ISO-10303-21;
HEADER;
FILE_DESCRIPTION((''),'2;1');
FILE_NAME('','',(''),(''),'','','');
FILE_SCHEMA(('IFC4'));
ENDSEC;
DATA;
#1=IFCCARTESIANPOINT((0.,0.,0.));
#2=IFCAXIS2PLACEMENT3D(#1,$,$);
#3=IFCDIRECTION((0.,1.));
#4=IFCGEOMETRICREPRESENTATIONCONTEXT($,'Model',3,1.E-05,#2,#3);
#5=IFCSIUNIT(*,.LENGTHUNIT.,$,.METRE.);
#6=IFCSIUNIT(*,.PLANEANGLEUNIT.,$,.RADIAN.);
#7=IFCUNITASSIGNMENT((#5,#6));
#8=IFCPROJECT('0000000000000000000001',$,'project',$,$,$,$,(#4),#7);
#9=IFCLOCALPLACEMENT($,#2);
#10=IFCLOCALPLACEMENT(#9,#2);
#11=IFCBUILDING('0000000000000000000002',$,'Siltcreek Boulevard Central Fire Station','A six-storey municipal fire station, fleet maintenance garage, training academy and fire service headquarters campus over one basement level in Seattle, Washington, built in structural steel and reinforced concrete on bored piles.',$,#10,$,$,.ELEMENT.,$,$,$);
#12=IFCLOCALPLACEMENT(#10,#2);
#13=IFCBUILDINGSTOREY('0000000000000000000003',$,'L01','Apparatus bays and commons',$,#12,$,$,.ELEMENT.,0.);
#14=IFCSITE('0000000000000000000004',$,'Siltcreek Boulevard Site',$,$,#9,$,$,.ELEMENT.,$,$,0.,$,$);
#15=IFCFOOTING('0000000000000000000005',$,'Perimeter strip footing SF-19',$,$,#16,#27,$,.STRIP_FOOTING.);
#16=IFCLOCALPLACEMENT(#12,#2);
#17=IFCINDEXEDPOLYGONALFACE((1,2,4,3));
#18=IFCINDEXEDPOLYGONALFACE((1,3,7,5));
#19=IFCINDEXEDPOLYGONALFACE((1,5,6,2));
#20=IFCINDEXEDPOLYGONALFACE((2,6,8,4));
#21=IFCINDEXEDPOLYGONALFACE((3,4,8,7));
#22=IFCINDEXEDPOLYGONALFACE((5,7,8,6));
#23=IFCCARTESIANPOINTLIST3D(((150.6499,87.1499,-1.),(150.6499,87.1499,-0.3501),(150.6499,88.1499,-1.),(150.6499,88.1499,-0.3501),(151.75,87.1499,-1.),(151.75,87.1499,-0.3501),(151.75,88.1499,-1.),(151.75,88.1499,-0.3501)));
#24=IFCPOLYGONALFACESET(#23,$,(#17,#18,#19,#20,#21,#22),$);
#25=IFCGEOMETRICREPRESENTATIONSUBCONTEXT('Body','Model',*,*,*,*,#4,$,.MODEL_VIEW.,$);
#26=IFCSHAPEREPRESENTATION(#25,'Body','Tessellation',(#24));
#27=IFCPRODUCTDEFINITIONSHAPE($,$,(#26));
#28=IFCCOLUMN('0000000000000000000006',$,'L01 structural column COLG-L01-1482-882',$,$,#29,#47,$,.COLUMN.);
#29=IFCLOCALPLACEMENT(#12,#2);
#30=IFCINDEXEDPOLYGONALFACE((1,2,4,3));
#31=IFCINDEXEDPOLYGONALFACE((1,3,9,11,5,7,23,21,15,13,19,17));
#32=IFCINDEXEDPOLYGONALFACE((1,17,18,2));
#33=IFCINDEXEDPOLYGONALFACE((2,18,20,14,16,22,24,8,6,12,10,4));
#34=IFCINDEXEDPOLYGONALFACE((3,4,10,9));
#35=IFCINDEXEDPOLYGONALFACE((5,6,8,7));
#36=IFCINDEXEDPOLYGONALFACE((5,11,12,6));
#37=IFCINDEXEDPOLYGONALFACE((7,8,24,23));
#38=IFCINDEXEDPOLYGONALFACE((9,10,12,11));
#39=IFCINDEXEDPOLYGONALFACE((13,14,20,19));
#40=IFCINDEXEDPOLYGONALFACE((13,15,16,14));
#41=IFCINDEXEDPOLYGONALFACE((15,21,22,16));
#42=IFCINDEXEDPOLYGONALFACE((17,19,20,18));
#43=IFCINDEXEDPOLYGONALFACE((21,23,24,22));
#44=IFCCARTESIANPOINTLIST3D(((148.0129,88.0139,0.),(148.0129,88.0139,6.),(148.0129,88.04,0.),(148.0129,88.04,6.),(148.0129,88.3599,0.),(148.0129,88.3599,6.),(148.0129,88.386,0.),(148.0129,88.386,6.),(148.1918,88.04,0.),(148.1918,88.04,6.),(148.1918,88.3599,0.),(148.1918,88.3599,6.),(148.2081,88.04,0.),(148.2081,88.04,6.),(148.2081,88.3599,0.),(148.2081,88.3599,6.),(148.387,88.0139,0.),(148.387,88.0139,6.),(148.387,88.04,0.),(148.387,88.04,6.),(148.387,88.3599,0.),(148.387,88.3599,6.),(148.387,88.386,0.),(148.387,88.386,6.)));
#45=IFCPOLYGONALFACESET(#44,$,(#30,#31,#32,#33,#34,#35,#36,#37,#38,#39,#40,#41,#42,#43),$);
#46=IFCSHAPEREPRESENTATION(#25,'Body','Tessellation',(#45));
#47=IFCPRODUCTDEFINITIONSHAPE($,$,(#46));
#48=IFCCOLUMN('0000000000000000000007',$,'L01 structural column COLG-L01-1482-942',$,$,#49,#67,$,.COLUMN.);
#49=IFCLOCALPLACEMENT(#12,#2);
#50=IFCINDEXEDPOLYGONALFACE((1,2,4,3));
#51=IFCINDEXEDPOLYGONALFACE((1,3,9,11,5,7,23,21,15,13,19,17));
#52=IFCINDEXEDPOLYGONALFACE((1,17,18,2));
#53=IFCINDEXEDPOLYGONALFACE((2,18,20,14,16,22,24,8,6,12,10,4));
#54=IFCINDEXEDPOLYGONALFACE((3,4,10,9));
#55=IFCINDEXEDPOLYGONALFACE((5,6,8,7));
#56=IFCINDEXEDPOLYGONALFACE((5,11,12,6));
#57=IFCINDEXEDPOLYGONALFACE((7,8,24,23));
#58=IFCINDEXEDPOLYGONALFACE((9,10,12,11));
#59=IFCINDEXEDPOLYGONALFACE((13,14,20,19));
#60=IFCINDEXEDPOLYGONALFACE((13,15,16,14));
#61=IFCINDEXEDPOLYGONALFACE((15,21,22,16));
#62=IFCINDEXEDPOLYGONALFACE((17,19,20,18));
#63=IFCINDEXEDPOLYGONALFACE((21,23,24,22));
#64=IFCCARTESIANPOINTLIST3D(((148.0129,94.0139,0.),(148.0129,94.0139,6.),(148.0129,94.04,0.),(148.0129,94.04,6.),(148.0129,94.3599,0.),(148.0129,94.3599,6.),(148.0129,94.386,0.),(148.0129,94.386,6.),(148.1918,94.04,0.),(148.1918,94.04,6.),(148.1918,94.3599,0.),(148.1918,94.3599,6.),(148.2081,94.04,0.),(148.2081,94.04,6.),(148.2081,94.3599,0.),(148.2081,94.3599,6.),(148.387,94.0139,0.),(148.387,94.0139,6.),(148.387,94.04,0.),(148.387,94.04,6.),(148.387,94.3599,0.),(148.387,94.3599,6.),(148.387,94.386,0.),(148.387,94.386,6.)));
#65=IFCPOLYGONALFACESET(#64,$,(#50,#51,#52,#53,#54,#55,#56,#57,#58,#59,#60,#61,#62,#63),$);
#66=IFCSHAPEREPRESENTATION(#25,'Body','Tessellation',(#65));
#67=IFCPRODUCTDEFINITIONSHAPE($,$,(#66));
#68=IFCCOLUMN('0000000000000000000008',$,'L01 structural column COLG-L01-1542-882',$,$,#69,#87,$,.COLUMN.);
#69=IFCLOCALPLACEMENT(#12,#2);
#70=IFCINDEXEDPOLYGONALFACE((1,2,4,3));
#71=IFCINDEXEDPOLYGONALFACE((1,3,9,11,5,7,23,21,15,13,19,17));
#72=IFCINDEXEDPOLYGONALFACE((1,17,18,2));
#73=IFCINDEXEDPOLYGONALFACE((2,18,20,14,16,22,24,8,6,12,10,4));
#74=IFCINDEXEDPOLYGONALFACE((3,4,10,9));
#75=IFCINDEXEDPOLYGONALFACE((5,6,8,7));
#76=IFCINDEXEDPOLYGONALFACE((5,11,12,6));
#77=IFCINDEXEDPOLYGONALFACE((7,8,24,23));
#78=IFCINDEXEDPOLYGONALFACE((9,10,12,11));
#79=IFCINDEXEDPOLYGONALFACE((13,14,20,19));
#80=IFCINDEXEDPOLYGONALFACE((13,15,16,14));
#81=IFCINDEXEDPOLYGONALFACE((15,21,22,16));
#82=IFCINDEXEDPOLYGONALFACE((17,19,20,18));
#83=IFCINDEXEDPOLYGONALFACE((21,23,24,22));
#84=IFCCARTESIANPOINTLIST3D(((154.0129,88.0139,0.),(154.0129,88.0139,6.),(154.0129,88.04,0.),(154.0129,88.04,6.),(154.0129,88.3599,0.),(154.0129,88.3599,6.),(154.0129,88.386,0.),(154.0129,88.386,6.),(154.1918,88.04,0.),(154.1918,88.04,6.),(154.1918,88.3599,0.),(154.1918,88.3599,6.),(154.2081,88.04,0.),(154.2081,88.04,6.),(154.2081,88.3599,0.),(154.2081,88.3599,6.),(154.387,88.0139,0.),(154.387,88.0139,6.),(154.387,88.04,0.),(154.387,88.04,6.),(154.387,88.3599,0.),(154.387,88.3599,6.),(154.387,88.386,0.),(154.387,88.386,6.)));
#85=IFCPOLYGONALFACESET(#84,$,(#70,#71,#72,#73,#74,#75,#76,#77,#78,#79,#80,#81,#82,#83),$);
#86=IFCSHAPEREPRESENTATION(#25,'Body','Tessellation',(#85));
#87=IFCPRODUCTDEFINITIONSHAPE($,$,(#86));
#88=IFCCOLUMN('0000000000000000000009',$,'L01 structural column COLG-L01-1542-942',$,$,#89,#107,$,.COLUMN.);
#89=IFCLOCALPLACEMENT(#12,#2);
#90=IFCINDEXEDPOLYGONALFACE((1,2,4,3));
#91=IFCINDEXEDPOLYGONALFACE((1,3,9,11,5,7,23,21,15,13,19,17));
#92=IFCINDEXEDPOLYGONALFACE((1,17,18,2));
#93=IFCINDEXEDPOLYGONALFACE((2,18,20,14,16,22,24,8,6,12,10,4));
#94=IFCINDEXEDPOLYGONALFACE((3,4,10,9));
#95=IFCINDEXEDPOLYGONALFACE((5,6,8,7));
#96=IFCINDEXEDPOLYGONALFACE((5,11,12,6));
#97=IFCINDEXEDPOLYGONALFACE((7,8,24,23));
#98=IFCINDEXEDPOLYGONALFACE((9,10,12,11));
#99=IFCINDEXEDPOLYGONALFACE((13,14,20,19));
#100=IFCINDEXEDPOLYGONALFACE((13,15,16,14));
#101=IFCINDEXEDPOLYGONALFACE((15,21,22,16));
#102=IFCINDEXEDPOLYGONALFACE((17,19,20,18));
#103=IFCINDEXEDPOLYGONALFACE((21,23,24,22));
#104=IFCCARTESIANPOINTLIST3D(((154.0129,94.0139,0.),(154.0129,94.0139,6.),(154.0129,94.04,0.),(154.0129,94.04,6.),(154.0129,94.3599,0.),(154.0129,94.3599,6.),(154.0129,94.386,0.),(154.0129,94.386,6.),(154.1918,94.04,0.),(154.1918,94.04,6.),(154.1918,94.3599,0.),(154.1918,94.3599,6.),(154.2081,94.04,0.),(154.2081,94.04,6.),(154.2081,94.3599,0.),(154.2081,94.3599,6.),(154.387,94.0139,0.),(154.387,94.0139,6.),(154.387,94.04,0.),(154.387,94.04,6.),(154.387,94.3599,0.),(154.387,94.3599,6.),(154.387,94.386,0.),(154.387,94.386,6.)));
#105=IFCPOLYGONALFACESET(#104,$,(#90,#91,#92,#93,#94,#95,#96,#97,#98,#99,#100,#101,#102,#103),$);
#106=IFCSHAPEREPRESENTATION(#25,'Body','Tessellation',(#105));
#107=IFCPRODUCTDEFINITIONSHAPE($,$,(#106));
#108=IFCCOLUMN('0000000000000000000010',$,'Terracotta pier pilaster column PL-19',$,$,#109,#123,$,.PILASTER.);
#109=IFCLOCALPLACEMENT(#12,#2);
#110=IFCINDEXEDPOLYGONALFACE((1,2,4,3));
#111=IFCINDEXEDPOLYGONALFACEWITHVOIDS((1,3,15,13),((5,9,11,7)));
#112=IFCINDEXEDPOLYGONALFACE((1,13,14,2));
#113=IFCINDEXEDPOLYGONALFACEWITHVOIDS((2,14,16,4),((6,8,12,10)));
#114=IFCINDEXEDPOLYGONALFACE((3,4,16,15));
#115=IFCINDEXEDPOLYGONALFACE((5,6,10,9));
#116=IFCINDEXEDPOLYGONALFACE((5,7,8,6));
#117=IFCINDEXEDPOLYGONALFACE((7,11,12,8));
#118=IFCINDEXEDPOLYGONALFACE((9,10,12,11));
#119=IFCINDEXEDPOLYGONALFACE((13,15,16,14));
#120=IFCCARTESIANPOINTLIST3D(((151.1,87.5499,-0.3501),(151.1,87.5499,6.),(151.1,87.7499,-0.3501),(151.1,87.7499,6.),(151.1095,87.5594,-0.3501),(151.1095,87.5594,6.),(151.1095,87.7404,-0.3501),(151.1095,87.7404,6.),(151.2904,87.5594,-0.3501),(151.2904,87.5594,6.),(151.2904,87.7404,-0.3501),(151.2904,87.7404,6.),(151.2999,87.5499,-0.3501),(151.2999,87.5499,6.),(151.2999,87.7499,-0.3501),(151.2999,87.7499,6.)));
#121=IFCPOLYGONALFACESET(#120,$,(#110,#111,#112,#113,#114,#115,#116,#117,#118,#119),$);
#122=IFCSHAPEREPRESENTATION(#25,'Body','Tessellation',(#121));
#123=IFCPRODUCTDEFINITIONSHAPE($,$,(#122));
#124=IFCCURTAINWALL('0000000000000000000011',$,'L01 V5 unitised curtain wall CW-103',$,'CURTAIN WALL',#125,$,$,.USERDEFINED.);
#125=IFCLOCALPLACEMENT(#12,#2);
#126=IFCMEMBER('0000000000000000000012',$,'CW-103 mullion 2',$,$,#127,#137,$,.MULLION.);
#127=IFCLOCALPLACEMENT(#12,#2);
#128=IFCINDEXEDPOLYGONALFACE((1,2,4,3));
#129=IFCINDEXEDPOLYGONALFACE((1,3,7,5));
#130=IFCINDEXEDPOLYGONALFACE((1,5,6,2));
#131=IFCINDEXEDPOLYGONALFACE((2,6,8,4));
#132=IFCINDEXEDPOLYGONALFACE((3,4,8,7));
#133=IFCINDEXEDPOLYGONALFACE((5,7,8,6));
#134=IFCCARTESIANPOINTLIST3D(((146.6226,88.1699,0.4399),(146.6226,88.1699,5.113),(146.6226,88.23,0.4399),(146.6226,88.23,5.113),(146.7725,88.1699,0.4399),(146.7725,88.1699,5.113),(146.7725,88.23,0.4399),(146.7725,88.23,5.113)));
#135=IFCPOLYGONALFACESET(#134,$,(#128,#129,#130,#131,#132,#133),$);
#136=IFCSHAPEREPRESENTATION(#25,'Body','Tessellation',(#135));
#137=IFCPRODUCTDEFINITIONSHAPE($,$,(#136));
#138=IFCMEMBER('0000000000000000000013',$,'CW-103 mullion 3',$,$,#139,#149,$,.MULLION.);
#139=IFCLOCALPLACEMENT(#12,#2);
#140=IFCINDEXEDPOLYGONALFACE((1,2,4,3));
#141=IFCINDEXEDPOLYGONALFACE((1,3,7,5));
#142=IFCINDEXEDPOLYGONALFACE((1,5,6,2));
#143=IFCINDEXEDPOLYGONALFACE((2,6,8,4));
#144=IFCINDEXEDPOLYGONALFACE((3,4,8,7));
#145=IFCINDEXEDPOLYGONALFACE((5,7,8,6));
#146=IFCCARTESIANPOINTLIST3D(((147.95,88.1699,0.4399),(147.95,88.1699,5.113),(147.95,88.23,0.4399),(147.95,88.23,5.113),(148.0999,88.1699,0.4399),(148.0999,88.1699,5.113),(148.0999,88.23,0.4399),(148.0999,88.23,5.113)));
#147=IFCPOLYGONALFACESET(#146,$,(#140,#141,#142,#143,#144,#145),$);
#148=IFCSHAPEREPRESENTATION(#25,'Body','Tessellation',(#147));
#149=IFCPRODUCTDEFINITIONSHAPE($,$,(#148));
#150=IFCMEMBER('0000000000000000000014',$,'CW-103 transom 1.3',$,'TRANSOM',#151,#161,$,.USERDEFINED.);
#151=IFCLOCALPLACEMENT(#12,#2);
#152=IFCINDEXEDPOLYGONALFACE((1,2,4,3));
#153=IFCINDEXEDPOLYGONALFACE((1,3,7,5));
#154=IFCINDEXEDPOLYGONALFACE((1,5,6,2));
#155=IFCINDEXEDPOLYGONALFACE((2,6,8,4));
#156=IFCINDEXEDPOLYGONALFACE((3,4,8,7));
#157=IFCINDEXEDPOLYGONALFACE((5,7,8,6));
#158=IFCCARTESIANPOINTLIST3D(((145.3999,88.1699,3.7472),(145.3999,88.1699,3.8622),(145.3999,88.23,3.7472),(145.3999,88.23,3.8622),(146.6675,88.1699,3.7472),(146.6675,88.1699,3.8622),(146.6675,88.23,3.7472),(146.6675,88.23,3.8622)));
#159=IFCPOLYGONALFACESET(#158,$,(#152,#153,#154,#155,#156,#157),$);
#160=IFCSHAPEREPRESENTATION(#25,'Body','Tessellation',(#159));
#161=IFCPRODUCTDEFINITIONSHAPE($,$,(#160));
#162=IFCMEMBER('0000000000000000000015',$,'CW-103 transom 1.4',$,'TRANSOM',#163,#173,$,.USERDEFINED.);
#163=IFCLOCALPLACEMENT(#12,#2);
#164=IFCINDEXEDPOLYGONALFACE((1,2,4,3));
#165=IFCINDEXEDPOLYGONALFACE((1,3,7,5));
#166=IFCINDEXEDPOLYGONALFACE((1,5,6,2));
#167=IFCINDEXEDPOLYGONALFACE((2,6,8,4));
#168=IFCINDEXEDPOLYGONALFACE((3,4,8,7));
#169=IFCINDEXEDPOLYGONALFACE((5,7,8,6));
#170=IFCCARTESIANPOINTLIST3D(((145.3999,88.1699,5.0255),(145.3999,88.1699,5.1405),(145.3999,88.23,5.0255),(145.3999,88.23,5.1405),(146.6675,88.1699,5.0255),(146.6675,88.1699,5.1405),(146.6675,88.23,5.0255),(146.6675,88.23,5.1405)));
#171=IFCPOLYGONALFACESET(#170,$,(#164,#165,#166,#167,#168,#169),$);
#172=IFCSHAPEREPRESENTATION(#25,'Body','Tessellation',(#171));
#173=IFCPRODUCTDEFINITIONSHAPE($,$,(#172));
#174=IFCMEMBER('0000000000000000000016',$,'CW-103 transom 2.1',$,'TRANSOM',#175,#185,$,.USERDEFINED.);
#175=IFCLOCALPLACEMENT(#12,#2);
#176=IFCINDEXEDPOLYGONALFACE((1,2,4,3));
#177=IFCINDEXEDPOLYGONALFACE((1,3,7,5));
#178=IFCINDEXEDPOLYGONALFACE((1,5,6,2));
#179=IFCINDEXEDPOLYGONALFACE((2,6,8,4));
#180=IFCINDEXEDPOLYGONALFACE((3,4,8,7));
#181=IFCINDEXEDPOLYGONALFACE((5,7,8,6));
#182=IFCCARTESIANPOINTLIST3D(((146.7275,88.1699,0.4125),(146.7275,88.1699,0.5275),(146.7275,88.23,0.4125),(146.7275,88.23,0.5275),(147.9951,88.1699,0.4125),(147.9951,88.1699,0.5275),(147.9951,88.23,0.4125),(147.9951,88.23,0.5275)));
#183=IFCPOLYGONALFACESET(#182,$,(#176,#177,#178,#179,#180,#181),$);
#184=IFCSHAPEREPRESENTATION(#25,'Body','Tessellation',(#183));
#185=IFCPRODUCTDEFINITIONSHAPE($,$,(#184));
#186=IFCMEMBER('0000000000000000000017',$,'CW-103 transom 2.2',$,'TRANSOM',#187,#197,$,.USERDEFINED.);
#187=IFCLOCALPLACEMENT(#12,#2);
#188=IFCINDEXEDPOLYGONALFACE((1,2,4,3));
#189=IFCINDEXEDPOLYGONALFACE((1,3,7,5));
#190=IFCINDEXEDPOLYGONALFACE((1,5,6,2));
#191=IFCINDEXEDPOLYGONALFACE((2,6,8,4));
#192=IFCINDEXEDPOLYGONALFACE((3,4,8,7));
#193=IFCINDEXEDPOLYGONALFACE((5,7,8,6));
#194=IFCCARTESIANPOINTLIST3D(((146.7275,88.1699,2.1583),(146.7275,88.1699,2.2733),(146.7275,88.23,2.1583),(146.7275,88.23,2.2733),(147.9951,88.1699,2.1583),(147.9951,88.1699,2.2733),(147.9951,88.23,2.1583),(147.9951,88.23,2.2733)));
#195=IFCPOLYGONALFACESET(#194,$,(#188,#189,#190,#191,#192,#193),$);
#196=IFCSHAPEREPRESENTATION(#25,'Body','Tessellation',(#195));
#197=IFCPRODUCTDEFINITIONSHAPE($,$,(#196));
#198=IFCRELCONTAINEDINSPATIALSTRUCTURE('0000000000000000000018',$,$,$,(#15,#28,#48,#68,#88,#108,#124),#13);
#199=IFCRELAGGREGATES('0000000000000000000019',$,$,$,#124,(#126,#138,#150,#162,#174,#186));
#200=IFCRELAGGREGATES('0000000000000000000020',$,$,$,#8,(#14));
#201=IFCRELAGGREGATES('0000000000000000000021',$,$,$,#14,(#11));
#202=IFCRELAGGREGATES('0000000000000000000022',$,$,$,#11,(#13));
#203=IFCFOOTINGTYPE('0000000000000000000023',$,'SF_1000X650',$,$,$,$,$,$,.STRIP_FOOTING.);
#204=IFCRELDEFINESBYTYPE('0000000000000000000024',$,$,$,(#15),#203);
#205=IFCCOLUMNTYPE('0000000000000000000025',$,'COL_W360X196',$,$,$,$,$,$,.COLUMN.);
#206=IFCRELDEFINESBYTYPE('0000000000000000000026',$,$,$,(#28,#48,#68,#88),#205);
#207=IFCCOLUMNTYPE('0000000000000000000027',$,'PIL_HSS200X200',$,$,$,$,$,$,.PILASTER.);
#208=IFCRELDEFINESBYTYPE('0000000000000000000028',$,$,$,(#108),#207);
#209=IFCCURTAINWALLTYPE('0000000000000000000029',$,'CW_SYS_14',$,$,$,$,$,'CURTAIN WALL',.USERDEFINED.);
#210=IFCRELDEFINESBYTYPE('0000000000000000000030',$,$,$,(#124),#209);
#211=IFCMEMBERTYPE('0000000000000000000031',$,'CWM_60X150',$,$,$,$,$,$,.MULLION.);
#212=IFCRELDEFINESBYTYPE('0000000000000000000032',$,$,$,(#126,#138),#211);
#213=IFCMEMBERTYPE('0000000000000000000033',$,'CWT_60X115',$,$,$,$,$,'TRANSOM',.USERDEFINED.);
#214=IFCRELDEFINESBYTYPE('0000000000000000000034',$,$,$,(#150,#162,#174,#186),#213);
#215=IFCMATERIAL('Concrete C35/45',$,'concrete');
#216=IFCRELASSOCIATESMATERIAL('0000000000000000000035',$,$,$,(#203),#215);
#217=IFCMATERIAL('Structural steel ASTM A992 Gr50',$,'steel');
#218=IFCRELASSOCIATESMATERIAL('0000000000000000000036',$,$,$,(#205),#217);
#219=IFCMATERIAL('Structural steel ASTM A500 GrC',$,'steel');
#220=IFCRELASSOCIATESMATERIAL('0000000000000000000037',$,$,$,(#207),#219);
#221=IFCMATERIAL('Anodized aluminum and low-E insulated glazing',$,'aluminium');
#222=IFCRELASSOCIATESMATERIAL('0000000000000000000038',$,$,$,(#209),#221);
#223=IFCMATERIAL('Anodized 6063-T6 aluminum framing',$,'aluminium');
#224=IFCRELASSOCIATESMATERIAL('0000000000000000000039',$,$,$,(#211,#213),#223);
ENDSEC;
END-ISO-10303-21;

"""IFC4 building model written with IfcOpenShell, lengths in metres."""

from ifc_helpers import new_model, si_unit, direction, frame, origin, origin_2d, place, context, subcontext, project, spatial, rectangle, hollow_rectangle, i_section, extrude, material, material_profile, profile_set, type_object, element, aggregate, save


model = new_model("IFC4")

# Units and contexts
model_context = context("Model", 3, precision=1e-05, world=origin(), true_north=direction((0.0, 1.0)))
body_context = subcontext(model_context, "Body", "Model", "MODEL_VIEW")
ifc_project = project(units=[si_unit("LENGTHUNIT", "METRE"), si_unit("PLANEANGLEUNIT", "RADIAN")], contexts=[model_context])

# Site, building, storey
site_placement = place(None, origin())
site = spatial("IfcSite", under=ifc_project, at=site_placement, Name="Siltcreek Boulevard Site", CompositionType="ELEMENT", RefElevation=0.0)
building_placement = place(site_placement, origin())
building = spatial("IfcBuilding", under=site, at=building_placement, Name="Siltcreek Boulevard Central Fire Station", Description="A six-storey municipal fire station, fleet maintenance garage, training academy and fire service headquarters campus over one basement level in Seattle, Washington, built in structural steel and reinforced concrete on bored piles.", CompositionType="ELEMENT")
storey_placement = place(building_placement, origin())
storey = spatial("IfcBuildingStorey", under=building, at=storey_placement, Name="L01", Description="Apparatus bays and commons", CompositionType="ELEMENT", Elevation=0.0)

# Footing
ifc_material_1 = material(Name="Concrete C35/45", Category="concrete")
footing_type = type_object("IfcFootingType", Name="SF_1000X650", PredefinedType="STRIP_FOOTING", material=ifc_material_1)
footing_placement = place(storey_placement, frame((151.2, 87.6499, -1.0), z_axis=(0.0, 0.0, 1.0), x_axis=(1.0, 0.0, 0.0)))
element("IfcFooting", 1, at=footing_placement, inside=storey, type_object=footing_type, Name="Perimeter strip footing SF-19", PredefinedType="STRIP_FOOTING", context=body_context, shape_type="SweptSolid", body=[
    extrude(rectangle(XDim=1.1001, YDim=1.0, at=origin_2d()), origin(), (0.0, 0.0, 1.0), 0.6499),
])

# Columns
ifc_material_2 = material(Name="Structural steel ASTM A992 Gr50", Category="steel")
ifc_material_profile_1 = material_profile(ifc_material_2, i_section(OverallWidth=0.374, OverallDepth=0.3721, WebThickness=0.0164, FlangeThickness=0.0261, at=origin_2d()), Name="W360X196")
ifc_profile_set_1 = profile_set([ifc_material_profile_1], Name="Structural steel ASTM A992 Gr50")
column_type_1 = type_object("IfcColumnType", Name="COL_W360X196", PredefinedType="COLUMN", material=ifc_profile_set_1)
for number, where, z_axis, x_axis, name in (
    (2, (148.2, 88.2, 0.0), (0.0, 0.0, 1.0), (1.0, 0.0, 0.0), "L01 structural column COLG-L01-1482-882"),
    (3, (148.2, 94.2, 0.0), (0.0, 0.0, 1.0), (1.0, 0.0, 0.0), "L01 structural column COLG-L01-1482-942"),
    (4, (154.2, 88.2, 0.0), (0.0, 0.0, 1.0), (1.0, 0.0, 0.0), "L01 structural column COLG-L01-1542-882"),
    (5, (154.2, 94.2, 0.0), (0.0, 0.0, 1.0), (1.0, 0.0, 0.0), "L01 structural column COLG-L01-1542-942"),
):
    element("IfcColumn", number, at=place(storey_placement, frame(where, z_axis=z_axis, x_axis=x_axis)), inside=storey, type_object=column_type_1, Name=name, PredefinedType="COLUMN", context=body_context, shape_type="SweptSolid", body=[
        extrude(i_section(OverallWidth=0.374, OverallDepth=0.3721, WebThickness=0.0164, FlangeThickness=0.0261, at=origin_2d()), origin(), (0.0, 0.0, 1.0), 6.0),
    ])
ifc_material_3 = material(Name="Structural steel ASTM A500 GrC", Category="steel")
ifc_material_profile_2 = material_profile(ifc_material_3, hollow_rectangle(XDim=0.2, YDim=0.2, WallThickness=0.0095, at=origin_2d()), Name="HSS200X200X9.5")
ifc_profile_set_2 = profile_set([ifc_material_profile_2], Name="Structural steel ASTM A500 GrC")
column_type_2 = type_object("IfcColumnType", Name="PIL_HSS200X200", PredefinedType="PILASTER", material=ifc_profile_set_2)
column_placement = place(storey_placement, frame((151.2, 87.6499, -0.3501), z_axis=(0.0, 0.0, 1.0), x_axis=(1.0, 0.0, 0.0)))
element("IfcColumn", 6, at=column_placement, inside=storey, type_object=column_type_2, Name="Terracotta pier pilaster column PL-19", PredefinedType="PILASTER", context=body_context, shape_type="SweptSolid", body=[
    extrude(hollow_rectangle(XDim=0.2, YDim=0.2, WallThickness=0.0095, at=origin_2d()), origin(), (0.0, 0.0, 1.0), 6.3501),
])

# Curtain wall, members
ifc_material_4 = material(Name="Anodized aluminum and low-E insulated glazing", Category="aluminium")
curtain_wall_type = type_object("IfcCurtainWallType", Name="CW_SYS_14", ElementType="CURTAIN WALL", PredefinedType="USERDEFINED", material=ifc_material_4)
curtain_wall_placement = place(storey_placement, origin())
curtain_wall = element("IfcCurtainWall", 7, at=curtain_wall_placement, inside=storey, type_object=curtain_wall_type, Name="L01 V5 unitised curtain wall CW-103", ObjectType="CURTAIN WALL", PredefinedType="USERDEFINED")
ifc_material_5 = material(Name="Anodized 6063-T6 aluminum framing", Category="aluminium")
ifc_material_profile_3 = material_profile(ifc_material_5, rectangle(XDim=0.0601, YDim=0.1499, at=origin_2d()), Name="MULL60X150")
ifc_profile_set_3 = profile_set([ifc_material_profile_3], Name="Anodized 6063-T6 aluminum framing")
member_type_1 = type_object("IfcMemberType", Name="CWM_60X150", PredefinedType="MULLION", material=ifc_profile_set_3)
member_1_placement = place(storey_placement, frame((146.6975, 88.2, 0.4399), z_axis=(0.0, 0.0, 1.0), x_axis=(0.0, 1.0, 0.0)))
member_1 = element("IfcMember", 8, at=member_1_placement, type_object=member_type_1, Name="CW-103 mullion 2", PredefinedType="MULLION", context=body_context, shape_type="SweptSolid", body=[
    extrude(rectangle(XDim=0.0601, YDim=0.1499, at=origin_2d()), origin(), (0.0, 0.0, 1.0), 4.6731),
])
member_2_placement = place(storey_placement, frame((148.0249, 88.2, 0.4399), z_axis=(0.0, 0.0, 1.0), x_axis=(0.0, 1.0, 0.0)))
member_2 = element("IfcMember", 9, at=member_2_placement, type_object=member_type_1, Name="CW-103 mullion 3", PredefinedType="MULLION", context=body_context, shape_type="SweptSolid", body=[
    extrude(rectangle(XDim=0.0601, YDim=0.1499, at=origin_2d()), origin(), (0.0, 0.0, 1.0), 4.6731),
])
ifc_material_profile_4 = material_profile(ifc_material_5, rectangle(XDim=0.0601, YDim=0.115, at=origin_2d()), Name="TRAN60X115")
ifc_profile_set_4 = profile_set([ifc_material_profile_4], Name="Anodized 6063-T6 aluminum framing")
member_type_2 = type_object("IfcMemberType", Name="CWT_60X115", ElementType="TRANSOM", PredefinedType="USERDEFINED", material=ifc_profile_set_4)
member_3_placement = place(storey_placement, frame((145.3999, 88.2, 3.8047), z_axis=(1.0, 0.0, 0.0), x_axis=(0.0, 1.0, 0.0)))
member_3 = element("IfcMember", 10, at=member_3_placement, type_object=member_type_2, Name="CW-103 transom 1.3", ObjectType="TRANSOM", PredefinedType="USERDEFINED", context=body_context, shape_type="SweptSolid", body=[
    extrude(rectangle(XDim=0.0601, YDim=0.115, at=origin_2d()), origin(), (0.0, 0.0, 1.0), 1.2676),
])
member_4_placement = place(storey_placement, frame((145.3999, 88.2, 5.083), z_axis=(1.0, 0.0, 0.0), x_axis=(0.0, 1.0, 0.0)))
member_4 = element("IfcMember", 11, at=member_4_placement, type_object=member_type_2, Name="CW-103 transom 1.4", ObjectType="TRANSOM", PredefinedType="USERDEFINED", context=body_context, shape_type="SweptSolid", body=[
    extrude(rectangle(XDim=0.0601, YDim=0.115, at=origin_2d()), origin(), (0.0, 0.0, 1.0), 1.2676),
])
member_5_placement = place(storey_placement, frame((146.7275, 88.2, 0.47), z_axis=(1.0, 0.0, 0.0), x_axis=(0.0, 1.0, 0.0)))
member_5 = element("IfcMember", 12, at=member_5_placement, type_object=member_type_2, Name="CW-103 transom 2.1", ObjectType="TRANSOM", PredefinedType="USERDEFINED", context=body_context, shape_type="SweptSolid", body=[
    extrude(rectangle(XDim=0.0601, YDim=0.115, at=origin_2d()), origin(), (0.0, 0.0, 1.0), 1.2676),
])
member_6_placement = place(storey_placement, frame((146.7275, 88.2, 2.2158), z_axis=(1.0, 0.0, 0.0), x_axis=(0.0, 1.0, 0.0)))
member_6 = element("IfcMember", 13, at=member_6_placement, type_object=member_type_2, Name="CW-103 transom 2.2", ObjectType="TRANSOM", PredefinedType="USERDEFINED", context=body_context, shape_type="SweptSolid", body=[
    extrude(rectangle(XDim=0.0601, YDim=0.115, at=origin_2d()), origin(), (0.0, 0.0, 1.0), 1.2676),
])

aggregate(curtain_wall, [member_1, member_2, member_3, member_4, member_5, member_6])

save(model, "model.ifc")
